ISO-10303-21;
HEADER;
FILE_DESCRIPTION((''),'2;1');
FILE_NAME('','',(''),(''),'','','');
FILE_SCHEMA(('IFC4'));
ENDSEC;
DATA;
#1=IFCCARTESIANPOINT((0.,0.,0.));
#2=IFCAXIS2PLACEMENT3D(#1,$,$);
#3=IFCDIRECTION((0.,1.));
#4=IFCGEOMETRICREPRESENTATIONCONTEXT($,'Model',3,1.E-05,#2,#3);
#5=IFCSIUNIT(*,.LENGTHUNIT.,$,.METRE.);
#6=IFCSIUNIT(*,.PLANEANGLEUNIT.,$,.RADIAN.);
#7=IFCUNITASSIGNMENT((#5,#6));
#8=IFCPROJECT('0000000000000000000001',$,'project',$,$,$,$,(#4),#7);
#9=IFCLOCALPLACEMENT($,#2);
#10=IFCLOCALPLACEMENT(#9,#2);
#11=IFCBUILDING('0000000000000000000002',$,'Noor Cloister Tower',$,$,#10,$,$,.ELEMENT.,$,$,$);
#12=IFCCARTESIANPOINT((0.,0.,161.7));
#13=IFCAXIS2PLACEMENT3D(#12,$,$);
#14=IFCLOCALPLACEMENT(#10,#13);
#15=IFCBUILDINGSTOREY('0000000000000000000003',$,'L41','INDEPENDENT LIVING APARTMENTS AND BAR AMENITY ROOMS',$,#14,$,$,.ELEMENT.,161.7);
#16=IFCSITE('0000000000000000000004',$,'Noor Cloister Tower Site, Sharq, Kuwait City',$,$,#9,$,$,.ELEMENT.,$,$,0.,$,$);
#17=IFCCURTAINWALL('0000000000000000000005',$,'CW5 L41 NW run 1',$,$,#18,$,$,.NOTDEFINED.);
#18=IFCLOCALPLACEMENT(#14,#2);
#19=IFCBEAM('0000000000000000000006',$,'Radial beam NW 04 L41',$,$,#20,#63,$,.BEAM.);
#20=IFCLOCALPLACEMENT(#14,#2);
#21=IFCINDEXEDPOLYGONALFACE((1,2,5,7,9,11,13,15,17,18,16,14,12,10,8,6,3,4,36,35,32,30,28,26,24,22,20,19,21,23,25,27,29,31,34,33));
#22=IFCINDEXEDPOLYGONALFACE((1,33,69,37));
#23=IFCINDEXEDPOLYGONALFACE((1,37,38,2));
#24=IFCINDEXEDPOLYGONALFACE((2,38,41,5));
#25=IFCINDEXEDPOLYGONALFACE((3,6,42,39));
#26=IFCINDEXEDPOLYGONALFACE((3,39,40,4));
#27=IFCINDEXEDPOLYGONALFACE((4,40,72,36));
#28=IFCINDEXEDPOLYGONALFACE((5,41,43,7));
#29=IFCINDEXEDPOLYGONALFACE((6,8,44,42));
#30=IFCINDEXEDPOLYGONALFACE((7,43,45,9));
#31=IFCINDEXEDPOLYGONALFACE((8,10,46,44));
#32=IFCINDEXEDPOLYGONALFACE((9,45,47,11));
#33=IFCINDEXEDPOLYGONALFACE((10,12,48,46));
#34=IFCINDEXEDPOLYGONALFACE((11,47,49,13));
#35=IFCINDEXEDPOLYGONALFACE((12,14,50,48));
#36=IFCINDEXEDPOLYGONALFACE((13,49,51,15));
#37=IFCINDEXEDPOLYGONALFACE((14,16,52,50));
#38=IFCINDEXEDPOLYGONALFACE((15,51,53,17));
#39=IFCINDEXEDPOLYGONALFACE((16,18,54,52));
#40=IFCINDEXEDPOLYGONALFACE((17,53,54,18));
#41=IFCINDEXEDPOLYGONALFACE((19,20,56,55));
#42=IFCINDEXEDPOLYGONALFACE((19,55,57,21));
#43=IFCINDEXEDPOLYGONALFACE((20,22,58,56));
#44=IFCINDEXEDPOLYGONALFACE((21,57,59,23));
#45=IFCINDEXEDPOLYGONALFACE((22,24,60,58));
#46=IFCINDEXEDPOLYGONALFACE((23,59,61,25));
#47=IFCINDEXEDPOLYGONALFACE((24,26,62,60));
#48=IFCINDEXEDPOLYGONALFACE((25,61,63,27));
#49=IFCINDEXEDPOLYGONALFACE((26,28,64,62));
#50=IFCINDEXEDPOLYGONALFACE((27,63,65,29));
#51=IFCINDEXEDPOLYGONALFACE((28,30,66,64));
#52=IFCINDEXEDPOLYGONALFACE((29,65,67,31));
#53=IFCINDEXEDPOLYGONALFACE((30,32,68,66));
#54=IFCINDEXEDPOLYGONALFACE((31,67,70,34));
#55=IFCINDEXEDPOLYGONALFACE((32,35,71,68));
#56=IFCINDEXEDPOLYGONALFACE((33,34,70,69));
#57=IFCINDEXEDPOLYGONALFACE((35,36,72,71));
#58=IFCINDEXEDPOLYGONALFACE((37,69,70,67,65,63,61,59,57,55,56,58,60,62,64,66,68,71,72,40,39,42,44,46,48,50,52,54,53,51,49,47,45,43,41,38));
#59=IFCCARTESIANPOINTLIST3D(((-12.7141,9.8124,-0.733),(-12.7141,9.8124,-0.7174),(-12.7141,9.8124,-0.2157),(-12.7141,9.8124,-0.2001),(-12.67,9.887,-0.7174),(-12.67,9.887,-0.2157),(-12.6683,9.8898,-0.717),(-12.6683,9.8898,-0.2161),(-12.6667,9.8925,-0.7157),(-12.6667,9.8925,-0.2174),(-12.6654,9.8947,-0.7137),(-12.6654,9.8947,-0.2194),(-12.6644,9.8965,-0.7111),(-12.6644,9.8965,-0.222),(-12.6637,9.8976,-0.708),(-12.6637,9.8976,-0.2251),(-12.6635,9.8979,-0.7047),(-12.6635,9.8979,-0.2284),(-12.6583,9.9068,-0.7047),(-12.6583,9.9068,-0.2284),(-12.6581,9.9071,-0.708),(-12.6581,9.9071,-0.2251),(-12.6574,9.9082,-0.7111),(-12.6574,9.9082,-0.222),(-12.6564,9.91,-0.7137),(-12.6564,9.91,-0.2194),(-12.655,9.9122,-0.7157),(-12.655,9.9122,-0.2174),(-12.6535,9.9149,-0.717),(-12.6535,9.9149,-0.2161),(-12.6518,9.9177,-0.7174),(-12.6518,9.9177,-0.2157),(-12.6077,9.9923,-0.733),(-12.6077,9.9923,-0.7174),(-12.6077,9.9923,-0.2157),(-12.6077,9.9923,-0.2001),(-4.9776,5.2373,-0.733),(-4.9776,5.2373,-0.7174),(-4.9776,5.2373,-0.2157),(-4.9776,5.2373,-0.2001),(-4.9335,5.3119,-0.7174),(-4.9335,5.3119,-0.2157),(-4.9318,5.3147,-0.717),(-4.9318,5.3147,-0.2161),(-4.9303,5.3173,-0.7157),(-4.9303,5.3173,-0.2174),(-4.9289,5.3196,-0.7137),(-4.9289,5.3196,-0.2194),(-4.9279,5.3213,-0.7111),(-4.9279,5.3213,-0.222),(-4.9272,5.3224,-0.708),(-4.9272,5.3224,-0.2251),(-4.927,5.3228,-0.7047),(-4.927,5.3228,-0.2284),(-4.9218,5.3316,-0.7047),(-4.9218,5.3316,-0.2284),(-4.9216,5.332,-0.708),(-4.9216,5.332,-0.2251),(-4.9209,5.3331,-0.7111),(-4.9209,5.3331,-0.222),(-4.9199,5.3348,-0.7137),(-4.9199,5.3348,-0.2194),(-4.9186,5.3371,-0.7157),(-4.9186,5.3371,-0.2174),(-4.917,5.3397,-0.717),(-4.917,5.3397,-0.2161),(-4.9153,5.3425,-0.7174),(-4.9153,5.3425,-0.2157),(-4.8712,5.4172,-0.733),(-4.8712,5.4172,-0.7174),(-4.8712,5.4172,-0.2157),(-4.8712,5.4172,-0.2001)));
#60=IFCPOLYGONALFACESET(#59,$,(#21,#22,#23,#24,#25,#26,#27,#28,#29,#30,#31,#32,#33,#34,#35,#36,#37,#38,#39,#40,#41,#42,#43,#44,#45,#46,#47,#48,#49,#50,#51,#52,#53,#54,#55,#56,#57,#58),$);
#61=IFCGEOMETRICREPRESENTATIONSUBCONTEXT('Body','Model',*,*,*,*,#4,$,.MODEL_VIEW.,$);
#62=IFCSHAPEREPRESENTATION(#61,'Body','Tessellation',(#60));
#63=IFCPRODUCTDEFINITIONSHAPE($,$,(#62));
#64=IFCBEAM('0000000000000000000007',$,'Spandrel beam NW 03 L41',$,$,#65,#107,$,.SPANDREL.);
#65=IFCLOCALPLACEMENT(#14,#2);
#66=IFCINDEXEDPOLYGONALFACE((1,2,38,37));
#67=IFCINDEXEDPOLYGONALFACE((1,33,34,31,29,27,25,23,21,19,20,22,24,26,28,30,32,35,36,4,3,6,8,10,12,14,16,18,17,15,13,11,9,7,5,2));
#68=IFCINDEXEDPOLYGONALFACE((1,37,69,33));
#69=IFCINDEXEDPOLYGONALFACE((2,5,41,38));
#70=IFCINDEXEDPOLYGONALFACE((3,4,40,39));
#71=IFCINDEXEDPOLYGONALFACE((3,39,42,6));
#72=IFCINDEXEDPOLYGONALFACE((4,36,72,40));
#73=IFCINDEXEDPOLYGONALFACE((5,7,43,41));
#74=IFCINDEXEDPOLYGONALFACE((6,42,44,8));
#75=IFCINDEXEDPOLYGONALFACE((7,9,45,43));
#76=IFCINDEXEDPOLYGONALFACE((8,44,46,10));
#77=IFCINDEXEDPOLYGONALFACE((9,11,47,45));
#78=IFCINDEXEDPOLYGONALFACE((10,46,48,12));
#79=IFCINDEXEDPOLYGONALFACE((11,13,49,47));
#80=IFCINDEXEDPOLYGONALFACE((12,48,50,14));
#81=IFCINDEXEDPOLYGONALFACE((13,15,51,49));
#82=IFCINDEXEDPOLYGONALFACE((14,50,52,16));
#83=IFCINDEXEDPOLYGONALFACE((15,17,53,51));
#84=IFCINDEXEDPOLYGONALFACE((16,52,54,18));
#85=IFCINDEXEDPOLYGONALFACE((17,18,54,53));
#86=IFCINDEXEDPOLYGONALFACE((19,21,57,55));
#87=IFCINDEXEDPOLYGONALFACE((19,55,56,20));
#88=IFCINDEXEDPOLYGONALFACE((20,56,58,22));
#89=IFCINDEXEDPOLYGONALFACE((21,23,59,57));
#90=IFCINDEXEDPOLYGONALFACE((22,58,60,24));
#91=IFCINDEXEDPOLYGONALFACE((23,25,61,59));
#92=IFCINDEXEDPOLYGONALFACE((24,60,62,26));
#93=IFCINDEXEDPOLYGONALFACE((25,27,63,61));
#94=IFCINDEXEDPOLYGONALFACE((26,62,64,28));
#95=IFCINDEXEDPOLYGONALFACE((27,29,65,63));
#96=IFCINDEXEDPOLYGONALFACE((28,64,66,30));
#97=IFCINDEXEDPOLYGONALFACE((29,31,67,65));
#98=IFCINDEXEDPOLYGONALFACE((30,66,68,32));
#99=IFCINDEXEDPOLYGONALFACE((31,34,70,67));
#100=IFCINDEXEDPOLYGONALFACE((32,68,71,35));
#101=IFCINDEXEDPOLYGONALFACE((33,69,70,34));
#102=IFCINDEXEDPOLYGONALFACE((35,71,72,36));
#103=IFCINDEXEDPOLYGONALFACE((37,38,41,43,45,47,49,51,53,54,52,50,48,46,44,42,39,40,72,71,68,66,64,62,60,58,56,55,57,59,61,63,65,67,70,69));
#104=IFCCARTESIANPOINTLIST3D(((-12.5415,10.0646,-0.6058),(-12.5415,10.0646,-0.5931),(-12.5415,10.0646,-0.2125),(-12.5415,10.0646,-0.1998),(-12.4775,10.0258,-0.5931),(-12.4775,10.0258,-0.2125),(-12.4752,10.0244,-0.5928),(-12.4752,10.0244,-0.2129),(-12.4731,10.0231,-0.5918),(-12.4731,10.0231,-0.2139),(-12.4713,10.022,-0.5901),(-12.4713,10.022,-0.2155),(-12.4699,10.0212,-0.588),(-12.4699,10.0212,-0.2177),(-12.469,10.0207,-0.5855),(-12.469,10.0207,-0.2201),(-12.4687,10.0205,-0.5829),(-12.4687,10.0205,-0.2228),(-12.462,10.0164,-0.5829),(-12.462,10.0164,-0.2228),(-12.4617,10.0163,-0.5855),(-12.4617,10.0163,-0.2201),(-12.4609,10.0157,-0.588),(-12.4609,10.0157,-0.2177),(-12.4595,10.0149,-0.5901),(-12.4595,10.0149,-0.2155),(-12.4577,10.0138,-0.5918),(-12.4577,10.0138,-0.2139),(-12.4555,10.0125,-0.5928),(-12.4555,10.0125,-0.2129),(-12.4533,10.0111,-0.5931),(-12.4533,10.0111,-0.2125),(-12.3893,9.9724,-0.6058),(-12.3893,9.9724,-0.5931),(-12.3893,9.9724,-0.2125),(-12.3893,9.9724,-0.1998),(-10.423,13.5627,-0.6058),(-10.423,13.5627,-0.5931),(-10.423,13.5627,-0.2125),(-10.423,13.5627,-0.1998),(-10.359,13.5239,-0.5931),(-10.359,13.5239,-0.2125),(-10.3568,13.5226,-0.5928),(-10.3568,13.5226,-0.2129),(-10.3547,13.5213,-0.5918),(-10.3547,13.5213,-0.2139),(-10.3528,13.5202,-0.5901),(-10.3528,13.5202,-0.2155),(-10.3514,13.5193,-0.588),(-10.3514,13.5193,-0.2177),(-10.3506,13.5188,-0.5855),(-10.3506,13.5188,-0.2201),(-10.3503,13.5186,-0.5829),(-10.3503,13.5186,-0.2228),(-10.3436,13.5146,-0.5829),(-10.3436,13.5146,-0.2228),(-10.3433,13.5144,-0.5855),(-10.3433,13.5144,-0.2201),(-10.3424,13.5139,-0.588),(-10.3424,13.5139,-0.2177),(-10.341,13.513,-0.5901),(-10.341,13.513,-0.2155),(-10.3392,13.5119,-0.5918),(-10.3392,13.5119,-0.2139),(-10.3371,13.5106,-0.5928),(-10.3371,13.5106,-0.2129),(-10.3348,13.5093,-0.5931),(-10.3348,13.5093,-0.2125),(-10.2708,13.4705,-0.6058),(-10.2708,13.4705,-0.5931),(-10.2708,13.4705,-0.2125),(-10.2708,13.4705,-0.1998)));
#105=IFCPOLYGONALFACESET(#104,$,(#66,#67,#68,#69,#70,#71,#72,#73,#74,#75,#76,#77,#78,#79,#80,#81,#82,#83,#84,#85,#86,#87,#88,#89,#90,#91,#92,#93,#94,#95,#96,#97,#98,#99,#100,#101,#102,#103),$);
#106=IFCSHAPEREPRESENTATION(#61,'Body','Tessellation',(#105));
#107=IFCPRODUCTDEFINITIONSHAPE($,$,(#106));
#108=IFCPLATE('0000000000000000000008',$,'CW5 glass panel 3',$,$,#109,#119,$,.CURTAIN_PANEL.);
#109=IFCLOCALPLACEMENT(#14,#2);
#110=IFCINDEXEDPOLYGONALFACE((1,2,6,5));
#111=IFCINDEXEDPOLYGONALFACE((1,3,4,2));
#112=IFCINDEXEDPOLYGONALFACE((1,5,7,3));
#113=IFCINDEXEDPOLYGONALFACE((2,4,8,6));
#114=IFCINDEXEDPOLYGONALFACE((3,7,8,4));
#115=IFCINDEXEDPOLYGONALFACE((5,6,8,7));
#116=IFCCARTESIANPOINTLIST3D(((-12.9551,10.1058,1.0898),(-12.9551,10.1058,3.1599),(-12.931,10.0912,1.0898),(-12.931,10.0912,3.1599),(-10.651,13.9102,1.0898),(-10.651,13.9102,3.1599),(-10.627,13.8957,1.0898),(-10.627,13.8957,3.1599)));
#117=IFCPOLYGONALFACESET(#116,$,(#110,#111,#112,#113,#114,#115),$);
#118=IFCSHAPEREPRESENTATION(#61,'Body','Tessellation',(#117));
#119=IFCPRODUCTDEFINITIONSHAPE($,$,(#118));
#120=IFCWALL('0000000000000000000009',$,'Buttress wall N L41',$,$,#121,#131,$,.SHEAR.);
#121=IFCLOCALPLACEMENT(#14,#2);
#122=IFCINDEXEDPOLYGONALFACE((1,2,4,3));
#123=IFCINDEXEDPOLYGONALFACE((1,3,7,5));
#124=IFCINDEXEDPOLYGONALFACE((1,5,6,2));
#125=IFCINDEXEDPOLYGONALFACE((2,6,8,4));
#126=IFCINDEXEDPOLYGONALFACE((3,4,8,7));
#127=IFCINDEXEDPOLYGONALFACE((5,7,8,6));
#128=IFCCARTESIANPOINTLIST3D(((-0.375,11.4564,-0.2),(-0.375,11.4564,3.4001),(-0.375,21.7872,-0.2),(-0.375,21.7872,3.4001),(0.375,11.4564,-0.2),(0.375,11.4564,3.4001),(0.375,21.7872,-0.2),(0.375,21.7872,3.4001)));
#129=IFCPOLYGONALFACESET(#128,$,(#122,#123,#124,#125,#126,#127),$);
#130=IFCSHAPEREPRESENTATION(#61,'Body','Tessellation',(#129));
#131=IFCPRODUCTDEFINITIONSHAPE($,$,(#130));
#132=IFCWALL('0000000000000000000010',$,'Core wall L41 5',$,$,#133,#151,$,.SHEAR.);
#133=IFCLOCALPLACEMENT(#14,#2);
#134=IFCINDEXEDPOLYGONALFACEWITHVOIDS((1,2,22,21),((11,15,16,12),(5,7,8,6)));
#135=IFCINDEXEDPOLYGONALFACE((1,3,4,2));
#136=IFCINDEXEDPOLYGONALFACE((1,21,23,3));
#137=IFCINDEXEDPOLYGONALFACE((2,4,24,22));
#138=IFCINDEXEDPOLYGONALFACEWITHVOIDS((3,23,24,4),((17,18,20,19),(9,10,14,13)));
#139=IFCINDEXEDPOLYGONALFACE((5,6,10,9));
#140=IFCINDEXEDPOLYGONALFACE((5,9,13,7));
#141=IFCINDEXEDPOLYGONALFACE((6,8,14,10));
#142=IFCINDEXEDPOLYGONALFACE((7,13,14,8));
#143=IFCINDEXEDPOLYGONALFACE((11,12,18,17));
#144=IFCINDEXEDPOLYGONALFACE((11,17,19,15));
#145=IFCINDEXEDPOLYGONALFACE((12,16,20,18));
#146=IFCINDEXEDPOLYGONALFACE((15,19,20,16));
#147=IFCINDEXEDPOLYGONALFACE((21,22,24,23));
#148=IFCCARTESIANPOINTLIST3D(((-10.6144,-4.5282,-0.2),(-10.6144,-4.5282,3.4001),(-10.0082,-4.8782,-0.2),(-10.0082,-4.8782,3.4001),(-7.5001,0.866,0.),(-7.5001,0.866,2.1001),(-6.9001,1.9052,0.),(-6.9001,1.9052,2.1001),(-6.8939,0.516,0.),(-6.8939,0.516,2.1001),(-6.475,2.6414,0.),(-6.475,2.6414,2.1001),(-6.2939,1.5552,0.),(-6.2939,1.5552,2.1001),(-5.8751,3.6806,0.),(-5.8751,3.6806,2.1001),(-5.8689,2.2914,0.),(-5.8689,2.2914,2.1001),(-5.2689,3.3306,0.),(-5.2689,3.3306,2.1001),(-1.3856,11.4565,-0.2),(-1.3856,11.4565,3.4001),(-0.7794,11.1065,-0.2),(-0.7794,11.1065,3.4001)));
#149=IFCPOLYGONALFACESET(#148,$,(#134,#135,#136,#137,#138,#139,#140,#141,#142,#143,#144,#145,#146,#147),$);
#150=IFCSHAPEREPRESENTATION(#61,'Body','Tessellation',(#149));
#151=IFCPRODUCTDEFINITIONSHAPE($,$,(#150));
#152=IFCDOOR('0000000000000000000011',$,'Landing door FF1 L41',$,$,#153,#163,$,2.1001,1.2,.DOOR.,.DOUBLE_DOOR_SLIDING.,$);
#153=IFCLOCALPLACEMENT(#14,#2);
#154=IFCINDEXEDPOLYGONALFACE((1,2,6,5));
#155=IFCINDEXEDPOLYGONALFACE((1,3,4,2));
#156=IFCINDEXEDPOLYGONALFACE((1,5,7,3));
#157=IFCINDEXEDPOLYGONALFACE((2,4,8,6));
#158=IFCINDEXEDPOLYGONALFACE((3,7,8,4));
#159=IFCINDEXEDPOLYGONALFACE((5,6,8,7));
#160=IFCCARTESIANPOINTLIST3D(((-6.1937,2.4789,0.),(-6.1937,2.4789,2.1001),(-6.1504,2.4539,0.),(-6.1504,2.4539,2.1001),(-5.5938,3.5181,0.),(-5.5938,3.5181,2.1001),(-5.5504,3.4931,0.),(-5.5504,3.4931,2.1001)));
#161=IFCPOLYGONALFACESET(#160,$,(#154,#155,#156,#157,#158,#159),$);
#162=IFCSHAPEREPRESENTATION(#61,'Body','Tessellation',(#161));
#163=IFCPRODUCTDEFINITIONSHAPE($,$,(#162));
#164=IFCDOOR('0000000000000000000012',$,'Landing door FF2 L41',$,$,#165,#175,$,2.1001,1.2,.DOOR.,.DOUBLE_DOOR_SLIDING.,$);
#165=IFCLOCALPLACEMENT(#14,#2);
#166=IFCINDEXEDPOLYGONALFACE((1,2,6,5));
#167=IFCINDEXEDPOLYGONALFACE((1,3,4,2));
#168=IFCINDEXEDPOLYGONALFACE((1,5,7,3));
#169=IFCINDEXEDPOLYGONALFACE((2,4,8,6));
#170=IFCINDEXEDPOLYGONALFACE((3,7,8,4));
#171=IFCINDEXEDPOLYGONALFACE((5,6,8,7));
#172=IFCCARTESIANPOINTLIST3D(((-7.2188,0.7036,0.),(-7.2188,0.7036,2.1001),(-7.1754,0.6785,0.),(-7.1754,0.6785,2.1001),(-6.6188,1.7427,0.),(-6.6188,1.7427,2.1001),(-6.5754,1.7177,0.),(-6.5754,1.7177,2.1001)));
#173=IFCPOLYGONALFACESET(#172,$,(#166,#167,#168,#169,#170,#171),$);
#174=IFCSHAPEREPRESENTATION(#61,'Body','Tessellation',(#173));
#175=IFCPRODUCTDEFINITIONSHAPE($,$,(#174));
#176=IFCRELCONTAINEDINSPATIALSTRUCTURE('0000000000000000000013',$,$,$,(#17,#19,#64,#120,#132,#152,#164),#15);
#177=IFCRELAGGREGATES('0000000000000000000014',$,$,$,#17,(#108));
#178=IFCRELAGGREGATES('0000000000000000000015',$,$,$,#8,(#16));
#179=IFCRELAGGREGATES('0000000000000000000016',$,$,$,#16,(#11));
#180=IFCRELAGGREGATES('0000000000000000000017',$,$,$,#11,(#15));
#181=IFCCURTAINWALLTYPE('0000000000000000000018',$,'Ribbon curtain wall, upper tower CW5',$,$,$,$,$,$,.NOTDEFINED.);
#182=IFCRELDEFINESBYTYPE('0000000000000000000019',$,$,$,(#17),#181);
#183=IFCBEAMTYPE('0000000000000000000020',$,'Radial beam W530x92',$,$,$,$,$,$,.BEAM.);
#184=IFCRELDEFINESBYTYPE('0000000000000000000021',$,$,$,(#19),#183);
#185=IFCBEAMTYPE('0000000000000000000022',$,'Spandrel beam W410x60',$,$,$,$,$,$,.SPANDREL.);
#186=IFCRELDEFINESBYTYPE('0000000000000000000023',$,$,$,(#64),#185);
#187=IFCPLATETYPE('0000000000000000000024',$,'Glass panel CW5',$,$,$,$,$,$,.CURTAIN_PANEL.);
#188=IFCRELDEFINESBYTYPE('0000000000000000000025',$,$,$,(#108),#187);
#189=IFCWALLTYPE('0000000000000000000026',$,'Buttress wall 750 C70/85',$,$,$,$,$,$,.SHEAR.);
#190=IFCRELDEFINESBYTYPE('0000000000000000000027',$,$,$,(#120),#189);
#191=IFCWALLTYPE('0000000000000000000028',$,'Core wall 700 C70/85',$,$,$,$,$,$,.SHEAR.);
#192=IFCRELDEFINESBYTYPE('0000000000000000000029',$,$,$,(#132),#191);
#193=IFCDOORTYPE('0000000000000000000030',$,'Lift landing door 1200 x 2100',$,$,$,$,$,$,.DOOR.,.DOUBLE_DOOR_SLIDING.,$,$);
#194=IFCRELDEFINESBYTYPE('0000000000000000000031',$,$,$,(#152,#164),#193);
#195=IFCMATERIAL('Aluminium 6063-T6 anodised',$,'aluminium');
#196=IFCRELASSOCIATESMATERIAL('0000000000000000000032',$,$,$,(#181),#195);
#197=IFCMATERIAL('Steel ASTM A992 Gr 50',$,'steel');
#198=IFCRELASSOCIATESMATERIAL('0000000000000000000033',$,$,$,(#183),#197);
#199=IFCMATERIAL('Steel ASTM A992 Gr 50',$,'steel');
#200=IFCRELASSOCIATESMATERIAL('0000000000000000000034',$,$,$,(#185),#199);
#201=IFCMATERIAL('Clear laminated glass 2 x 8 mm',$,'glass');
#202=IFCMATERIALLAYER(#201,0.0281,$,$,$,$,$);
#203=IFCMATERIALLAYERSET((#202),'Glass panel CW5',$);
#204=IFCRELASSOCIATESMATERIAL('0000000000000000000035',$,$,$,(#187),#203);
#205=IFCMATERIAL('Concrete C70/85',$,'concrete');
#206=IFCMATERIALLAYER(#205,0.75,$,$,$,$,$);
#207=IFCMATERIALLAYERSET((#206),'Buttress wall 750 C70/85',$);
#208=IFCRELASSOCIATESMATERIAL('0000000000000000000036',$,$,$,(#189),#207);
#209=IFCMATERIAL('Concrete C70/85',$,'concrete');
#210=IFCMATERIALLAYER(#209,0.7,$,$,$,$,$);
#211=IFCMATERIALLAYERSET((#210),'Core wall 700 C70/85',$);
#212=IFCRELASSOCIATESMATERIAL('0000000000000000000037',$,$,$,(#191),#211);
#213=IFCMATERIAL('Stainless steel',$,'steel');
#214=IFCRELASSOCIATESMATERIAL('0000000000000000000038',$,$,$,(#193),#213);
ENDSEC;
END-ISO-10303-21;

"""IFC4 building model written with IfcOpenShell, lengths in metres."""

from ifc_helpers import new_model, si_unit, direction, frame, frame_2d, origin, origin_2d, place, context, subcontext, project, spatial, rectangle, i_section, extrude, material, layer, layer_set, material_profile, profile_set, type_object, element, fill, aggregate, save


model = new_model("IFC4")

# Units and contexts
model_context = context("Model", 3, precision=1e-05, world=origin(), true_north=direction((0.0, 1.0)))
body_context = subcontext(model_context, "Body", "Model", "MODEL_VIEW")
ifc_project = project(units=[si_unit("LENGTHUNIT", "METRE"), si_unit("PLANEANGLEUNIT", "RADIAN")], contexts=[model_context])

# Site, building, storey
site_placement = place(None, origin())
site = spatial("IfcSite", under=ifc_project, at=site_placement, Name="Noor Cloister Tower Site, Sharq, Kuwait City", CompositionType="ELEMENT", RefElevation=0.0)
building_placement = place(site_placement, origin())
building = spatial("IfcBuilding", under=site, at=building_placement, Name="Noor Cloister Tower", CompositionType="ELEMENT")
storey_placement = place(building_placement, frame((0.0, 0.0, 161.7)))
storey = spatial("IfcBuildingStorey", under=building, at=storey_placement, Name="L41", Description="INDEPENDENT LIVING APARTMENTS AND BAR AMENITY ROOMS", CompositionType="ELEMENT", Elevation=161.7)

# Curtain wall
ifc_material_1 = material(Name="Aluminium 6063-T6 anodised", Category="aluminium")
curtain_wall_type = type_object("IfcCurtainWallType", Name="Ribbon curtain wall, upper tower CW5", PredefinedType="NOTDEFINED", material=ifc_material_1)
curtain_wall_placement = place(storey_placement, origin())
curtain_wall = element("IfcCurtainWall", 1, at=curtain_wall_placement, inside=storey, type_object=curtain_wall_type, Name="CW5 L41 NW run 1", PredefinedType="NOTDEFINED")

# Beams
ifc_material_2 = material(Name="Steel ASTM A992 Gr 50", Category="steel")
ifc_material_profile_1 = material_profile(ifc_material_2, i_section(OverallWidth=0.209, OverallDepth=0.533, WebThickness=0.0103, FlangeThickness=0.0156, FilletRadius=0.0127, at=origin_2d()), Name="W530x92")
ifc_profile_set_1 = profile_set([ifc_material_profile_1], Name="Steel ASTM A992 Gr 50")
beam_type_1 = type_object("IfcBeamType", Name="Radial beam W530x92", PredefinedType="BEAM", material=ifc_profile_set_1)
beam_1_placement = place(storey_placement, frame((-12.6609, 9.9023, -0.4666), z_axis=(0.860752, -0.509025, 0.0), x_axis=(0.509025, 0.860752, 0.0)))
element("IfcBeam", 2, at=beam_1_placement, inside=storey, type_object=beam_type_1, Name="Radial beam NW 04 L41", PredefinedType="BEAM", context=body_context, shape_type="SweptSolid", body=[
    extrude(i_section(OverallWidth=0.209, OverallDepth=0.533, WebThickness=0.0103, FlangeThickness=0.0156, FilletRadius=0.0127, at=origin_2d()), origin(), (0.0, 0.0, 1.0), 8.988),
])
ifc_material_3 = material(Name="Steel ASTM A992 Gr 50", Category="steel")
ifc_material_profile_2 = material_profile(ifc_material_3, i_section(OverallWidth=0.178, OverallDepth=0.406, WebThickness=0.0078, FlangeThickness=0.0127, FilletRadius=0.0103, at=origin_2d()), Name="W410x60")
ifc_profile_set_2 = profile_set([ifc_material_profile_2], Name="Steel ASTM A992 Gr 50")
beam_type_2 = type_object("IfcBeamType", Name="Spandrel beam W410x60", PredefinedType="SPANDREL", material=ifc_profile_set_2)
beam_2_placement = place(storey_placement, frame((-10.3469, 13.5166, -0.4028), z_axis=(-0.518012, -0.855373, 0.0), x_axis=(0.855373, -0.518012, 0.0)))
element("IfcBeam", 3, at=beam_2_placement, inside=storey, type_object=beam_type_2, Name="Spandrel beam NW 03 L41", PredefinedType="SPANDREL", context=body_context, shape_type="SweptSolid", body=[
    extrude(i_section(OverallWidth=0.178, OverallDepth=0.406, WebThickness=0.0078, FlangeThickness=0.0127, FilletRadius=0.0103, at=origin_2d()), origin(), (0.0, 0.0, 1.0), 4.0896),
])

# Plate
ifc_material_4 = material(Name="Clear laminated glass 2 x 8 mm", Category="glass")
ifc_layer_1 = layer(ifc_material_4, 0.0281)
ifc_layer_set_1 = layer_set([ifc_layer_1], Name="Glass panel CW5")
plate_type = type_object("IfcPlateType", Name="Glass panel CW5", PredefinedType="CURTAIN_PANEL", material=ifc_layer_set_1)
plate_placement = place(storey_placement, frame((-11.791, 12.0007, 1.0898), z_axis=(0.0, 0.0, 1.0), x_axis=(-0.518029, -0.855363, 0.0)))
plate = element("IfcPlate", 4, at=plate_placement, type_object=plate_type, Name="CW5 glass panel 3", PredefinedType="CURTAIN_PANEL", context=body_context, shape_type="SweptSolid", body=[
    extrude(rectangle(XDim=4.4478, YDim=0.0281, at=origin_2d()), origin(), (0.0, 0.0, 1.0), 2.0701),
])
aggregate(curtain_wall, [plate])

# Wall
ifc_material_5 = material(Name="Concrete C70/85", Category="concrete")
ifc_layer_2 = layer(ifc_material_5, 0.75)
ifc_layer_set_2 = layer_set([ifc_layer_2], Name="Buttress wall 750 C70/85")
wall_type_1 = type_object("IfcWallType", Name="Buttress wall 750 C70/85", PredefinedType="SHEAR", material=ifc_layer_set_2)
wall_1_placement = place(storey_placement, frame((0.0, 11.4563, -0.2), z_axis=(0.0, 0.0, 1.0), x_axis=(0.0, 1.0, 0.0)))
element("IfcWall", 5, at=wall_1_placement, inside=storey, type_object=wall_type_1, Name="Buttress wall N L41", PredefinedType="SHEAR", context=body_context, shape_type="SweptSolid", body=[
    extrude(rectangle(XDim=10.3308, YDim=0.75, at=frame_2d((5.1655, 0.0))), origin(), (0.0, 0.0, 1.0), 3.6001),
])

# Wall, openings, doors
ifc_material_6 = material(Name="Concrete C70/85", Category="concrete")
ifc_layer_3 = layer(ifc_material_6, 0.7)
ifc_layer_set_3 = layer_set([ifc_layer_3], Name="Core wall 700 C70/85")
wall_type_2 = type_object("IfcWallType", Name="Core wall 700 C70/85", PredefinedType="SHEAR", material=ifc_layer_set_3)
wall_2_placement = place(storey_placement, frame((-1.0825, 11.2815, -0.2), z_axis=(0.0, 0.0, 1.0), x_axis=(-0.500001, -0.866025, 0.0)))
wall_2 = element("IfcWall", 6, at=wall_2_placement, inside=storey, type_object=wall_type_2, Name="Core wall L41 5", PredefinedType="SHEAR", context=body_context, shape_type="SweptSolid", body=[
    extrude(rectangle(XDim=18.4575, YDim=0.7, at=frame_2d((9.2288, 0.0))), origin(), (0.0, 0.0, 1.0), 3.6001),
])
opening_1_placement = place(wall_2_placement, frame((8.9788, 0.0, 0.2)))
opening_1 = element("IfcOpeningElement", 7, at=opening_1_placement, cuts=wall_2, PredefinedType="OPENING", context=body_context, shape_type="SweptSolid", body=[
    extrude(rectangle(XDim=1.2, YDim=2.1001, at=frame_2d((0.6001, 1.05))), frame((0.0, 0.3599, 0.0), z_axis=(0.0, -1.0, 0.0), x_axis=(1.0, 0.0, 0.0)), (0.0, 0.0, 1.0), 0.72),
])
opening_2_placement = place(wall_2_placement, frame((11.0288, 0.0, 0.2)))
opening_2 = element("IfcOpeningElement", 8, at=opening_2_placement, cuts=wall_2, PredefinedType="OPENING", context=body_context, shape_type="SweptSolid", body=[
    extrude(rectangle(XDim=1.2, YDim=2.1001, at=frame_2d((0.6001, 1.05))), frame((0.0, 0.3599, 0.0), z_axis=(0.0, -1.0, 0.0), x_axis=(1.0, 0.0, 0.0)), (0.0, 0.0, 1.0), 0.72),
])
ifc_material_7 = material(Name="Stainless steel", Category="steel")
door_type_1 = type_object("IfcDoorType", Name="Lift landing door 1200 x 2100", OperationType="DOUBLE_DOOR_SLIDING", PredefinedType="DOOR", material=ifc_material_7)
door_1_placement = place(opening_1_placement, origin())
door_1 = element("IfcDoor", 9, at=door_1_placement, inside=storey, type_object=door_type_1, Name="Landing door FF1 L41", OperationType="DOUBLE_DOOR_SLIDING", OverallHeight=2.1001, OverallWidth=1.2, PredefinedType="DOOR", context=body_context, shape_type="SweptSolid", body=[
    extrude(rectangle(XDim=1.2, YDim=2.1001, at=frame_2d((0.6001, 1.05))), frame((0.0, 0.0249, 0.0), z_axis=(0.0, -1.0, 0.0), x_axis=(1.0, 0.0, 0.0)), (0.0, 0.0, 1.0), 0.05),
])
fill(opening_1, door_1)
door_2_placement = place(opening_2_placement, origin())
door_2 = element("IfcDoor", 10, at=door_2_placement, inside=storey, type_object=door_type_1, Name="Landing door FF2 L41", OperationType="DOUBLE_DOOR_SLIDING", OverallHeight=2.1001, OverallWidth=1.2, PredefinedType="DOOR", context=body_context, shape_type="SweptSolid", body=[
    extrude(rectangle(XDim=1.2, YDim=2.1001, at=frame_2d((0.6001, 1.05))), frame((0.0, 0.0249, 0.0), z_axis=(0.0, -1.0, 0.0), x_axis=(1.0, 0.0, 0.0)), (0.0, 0.0, 1.0), 0.05),
])
fill(opening_2, door_2)

save(model, "model.ifc")
